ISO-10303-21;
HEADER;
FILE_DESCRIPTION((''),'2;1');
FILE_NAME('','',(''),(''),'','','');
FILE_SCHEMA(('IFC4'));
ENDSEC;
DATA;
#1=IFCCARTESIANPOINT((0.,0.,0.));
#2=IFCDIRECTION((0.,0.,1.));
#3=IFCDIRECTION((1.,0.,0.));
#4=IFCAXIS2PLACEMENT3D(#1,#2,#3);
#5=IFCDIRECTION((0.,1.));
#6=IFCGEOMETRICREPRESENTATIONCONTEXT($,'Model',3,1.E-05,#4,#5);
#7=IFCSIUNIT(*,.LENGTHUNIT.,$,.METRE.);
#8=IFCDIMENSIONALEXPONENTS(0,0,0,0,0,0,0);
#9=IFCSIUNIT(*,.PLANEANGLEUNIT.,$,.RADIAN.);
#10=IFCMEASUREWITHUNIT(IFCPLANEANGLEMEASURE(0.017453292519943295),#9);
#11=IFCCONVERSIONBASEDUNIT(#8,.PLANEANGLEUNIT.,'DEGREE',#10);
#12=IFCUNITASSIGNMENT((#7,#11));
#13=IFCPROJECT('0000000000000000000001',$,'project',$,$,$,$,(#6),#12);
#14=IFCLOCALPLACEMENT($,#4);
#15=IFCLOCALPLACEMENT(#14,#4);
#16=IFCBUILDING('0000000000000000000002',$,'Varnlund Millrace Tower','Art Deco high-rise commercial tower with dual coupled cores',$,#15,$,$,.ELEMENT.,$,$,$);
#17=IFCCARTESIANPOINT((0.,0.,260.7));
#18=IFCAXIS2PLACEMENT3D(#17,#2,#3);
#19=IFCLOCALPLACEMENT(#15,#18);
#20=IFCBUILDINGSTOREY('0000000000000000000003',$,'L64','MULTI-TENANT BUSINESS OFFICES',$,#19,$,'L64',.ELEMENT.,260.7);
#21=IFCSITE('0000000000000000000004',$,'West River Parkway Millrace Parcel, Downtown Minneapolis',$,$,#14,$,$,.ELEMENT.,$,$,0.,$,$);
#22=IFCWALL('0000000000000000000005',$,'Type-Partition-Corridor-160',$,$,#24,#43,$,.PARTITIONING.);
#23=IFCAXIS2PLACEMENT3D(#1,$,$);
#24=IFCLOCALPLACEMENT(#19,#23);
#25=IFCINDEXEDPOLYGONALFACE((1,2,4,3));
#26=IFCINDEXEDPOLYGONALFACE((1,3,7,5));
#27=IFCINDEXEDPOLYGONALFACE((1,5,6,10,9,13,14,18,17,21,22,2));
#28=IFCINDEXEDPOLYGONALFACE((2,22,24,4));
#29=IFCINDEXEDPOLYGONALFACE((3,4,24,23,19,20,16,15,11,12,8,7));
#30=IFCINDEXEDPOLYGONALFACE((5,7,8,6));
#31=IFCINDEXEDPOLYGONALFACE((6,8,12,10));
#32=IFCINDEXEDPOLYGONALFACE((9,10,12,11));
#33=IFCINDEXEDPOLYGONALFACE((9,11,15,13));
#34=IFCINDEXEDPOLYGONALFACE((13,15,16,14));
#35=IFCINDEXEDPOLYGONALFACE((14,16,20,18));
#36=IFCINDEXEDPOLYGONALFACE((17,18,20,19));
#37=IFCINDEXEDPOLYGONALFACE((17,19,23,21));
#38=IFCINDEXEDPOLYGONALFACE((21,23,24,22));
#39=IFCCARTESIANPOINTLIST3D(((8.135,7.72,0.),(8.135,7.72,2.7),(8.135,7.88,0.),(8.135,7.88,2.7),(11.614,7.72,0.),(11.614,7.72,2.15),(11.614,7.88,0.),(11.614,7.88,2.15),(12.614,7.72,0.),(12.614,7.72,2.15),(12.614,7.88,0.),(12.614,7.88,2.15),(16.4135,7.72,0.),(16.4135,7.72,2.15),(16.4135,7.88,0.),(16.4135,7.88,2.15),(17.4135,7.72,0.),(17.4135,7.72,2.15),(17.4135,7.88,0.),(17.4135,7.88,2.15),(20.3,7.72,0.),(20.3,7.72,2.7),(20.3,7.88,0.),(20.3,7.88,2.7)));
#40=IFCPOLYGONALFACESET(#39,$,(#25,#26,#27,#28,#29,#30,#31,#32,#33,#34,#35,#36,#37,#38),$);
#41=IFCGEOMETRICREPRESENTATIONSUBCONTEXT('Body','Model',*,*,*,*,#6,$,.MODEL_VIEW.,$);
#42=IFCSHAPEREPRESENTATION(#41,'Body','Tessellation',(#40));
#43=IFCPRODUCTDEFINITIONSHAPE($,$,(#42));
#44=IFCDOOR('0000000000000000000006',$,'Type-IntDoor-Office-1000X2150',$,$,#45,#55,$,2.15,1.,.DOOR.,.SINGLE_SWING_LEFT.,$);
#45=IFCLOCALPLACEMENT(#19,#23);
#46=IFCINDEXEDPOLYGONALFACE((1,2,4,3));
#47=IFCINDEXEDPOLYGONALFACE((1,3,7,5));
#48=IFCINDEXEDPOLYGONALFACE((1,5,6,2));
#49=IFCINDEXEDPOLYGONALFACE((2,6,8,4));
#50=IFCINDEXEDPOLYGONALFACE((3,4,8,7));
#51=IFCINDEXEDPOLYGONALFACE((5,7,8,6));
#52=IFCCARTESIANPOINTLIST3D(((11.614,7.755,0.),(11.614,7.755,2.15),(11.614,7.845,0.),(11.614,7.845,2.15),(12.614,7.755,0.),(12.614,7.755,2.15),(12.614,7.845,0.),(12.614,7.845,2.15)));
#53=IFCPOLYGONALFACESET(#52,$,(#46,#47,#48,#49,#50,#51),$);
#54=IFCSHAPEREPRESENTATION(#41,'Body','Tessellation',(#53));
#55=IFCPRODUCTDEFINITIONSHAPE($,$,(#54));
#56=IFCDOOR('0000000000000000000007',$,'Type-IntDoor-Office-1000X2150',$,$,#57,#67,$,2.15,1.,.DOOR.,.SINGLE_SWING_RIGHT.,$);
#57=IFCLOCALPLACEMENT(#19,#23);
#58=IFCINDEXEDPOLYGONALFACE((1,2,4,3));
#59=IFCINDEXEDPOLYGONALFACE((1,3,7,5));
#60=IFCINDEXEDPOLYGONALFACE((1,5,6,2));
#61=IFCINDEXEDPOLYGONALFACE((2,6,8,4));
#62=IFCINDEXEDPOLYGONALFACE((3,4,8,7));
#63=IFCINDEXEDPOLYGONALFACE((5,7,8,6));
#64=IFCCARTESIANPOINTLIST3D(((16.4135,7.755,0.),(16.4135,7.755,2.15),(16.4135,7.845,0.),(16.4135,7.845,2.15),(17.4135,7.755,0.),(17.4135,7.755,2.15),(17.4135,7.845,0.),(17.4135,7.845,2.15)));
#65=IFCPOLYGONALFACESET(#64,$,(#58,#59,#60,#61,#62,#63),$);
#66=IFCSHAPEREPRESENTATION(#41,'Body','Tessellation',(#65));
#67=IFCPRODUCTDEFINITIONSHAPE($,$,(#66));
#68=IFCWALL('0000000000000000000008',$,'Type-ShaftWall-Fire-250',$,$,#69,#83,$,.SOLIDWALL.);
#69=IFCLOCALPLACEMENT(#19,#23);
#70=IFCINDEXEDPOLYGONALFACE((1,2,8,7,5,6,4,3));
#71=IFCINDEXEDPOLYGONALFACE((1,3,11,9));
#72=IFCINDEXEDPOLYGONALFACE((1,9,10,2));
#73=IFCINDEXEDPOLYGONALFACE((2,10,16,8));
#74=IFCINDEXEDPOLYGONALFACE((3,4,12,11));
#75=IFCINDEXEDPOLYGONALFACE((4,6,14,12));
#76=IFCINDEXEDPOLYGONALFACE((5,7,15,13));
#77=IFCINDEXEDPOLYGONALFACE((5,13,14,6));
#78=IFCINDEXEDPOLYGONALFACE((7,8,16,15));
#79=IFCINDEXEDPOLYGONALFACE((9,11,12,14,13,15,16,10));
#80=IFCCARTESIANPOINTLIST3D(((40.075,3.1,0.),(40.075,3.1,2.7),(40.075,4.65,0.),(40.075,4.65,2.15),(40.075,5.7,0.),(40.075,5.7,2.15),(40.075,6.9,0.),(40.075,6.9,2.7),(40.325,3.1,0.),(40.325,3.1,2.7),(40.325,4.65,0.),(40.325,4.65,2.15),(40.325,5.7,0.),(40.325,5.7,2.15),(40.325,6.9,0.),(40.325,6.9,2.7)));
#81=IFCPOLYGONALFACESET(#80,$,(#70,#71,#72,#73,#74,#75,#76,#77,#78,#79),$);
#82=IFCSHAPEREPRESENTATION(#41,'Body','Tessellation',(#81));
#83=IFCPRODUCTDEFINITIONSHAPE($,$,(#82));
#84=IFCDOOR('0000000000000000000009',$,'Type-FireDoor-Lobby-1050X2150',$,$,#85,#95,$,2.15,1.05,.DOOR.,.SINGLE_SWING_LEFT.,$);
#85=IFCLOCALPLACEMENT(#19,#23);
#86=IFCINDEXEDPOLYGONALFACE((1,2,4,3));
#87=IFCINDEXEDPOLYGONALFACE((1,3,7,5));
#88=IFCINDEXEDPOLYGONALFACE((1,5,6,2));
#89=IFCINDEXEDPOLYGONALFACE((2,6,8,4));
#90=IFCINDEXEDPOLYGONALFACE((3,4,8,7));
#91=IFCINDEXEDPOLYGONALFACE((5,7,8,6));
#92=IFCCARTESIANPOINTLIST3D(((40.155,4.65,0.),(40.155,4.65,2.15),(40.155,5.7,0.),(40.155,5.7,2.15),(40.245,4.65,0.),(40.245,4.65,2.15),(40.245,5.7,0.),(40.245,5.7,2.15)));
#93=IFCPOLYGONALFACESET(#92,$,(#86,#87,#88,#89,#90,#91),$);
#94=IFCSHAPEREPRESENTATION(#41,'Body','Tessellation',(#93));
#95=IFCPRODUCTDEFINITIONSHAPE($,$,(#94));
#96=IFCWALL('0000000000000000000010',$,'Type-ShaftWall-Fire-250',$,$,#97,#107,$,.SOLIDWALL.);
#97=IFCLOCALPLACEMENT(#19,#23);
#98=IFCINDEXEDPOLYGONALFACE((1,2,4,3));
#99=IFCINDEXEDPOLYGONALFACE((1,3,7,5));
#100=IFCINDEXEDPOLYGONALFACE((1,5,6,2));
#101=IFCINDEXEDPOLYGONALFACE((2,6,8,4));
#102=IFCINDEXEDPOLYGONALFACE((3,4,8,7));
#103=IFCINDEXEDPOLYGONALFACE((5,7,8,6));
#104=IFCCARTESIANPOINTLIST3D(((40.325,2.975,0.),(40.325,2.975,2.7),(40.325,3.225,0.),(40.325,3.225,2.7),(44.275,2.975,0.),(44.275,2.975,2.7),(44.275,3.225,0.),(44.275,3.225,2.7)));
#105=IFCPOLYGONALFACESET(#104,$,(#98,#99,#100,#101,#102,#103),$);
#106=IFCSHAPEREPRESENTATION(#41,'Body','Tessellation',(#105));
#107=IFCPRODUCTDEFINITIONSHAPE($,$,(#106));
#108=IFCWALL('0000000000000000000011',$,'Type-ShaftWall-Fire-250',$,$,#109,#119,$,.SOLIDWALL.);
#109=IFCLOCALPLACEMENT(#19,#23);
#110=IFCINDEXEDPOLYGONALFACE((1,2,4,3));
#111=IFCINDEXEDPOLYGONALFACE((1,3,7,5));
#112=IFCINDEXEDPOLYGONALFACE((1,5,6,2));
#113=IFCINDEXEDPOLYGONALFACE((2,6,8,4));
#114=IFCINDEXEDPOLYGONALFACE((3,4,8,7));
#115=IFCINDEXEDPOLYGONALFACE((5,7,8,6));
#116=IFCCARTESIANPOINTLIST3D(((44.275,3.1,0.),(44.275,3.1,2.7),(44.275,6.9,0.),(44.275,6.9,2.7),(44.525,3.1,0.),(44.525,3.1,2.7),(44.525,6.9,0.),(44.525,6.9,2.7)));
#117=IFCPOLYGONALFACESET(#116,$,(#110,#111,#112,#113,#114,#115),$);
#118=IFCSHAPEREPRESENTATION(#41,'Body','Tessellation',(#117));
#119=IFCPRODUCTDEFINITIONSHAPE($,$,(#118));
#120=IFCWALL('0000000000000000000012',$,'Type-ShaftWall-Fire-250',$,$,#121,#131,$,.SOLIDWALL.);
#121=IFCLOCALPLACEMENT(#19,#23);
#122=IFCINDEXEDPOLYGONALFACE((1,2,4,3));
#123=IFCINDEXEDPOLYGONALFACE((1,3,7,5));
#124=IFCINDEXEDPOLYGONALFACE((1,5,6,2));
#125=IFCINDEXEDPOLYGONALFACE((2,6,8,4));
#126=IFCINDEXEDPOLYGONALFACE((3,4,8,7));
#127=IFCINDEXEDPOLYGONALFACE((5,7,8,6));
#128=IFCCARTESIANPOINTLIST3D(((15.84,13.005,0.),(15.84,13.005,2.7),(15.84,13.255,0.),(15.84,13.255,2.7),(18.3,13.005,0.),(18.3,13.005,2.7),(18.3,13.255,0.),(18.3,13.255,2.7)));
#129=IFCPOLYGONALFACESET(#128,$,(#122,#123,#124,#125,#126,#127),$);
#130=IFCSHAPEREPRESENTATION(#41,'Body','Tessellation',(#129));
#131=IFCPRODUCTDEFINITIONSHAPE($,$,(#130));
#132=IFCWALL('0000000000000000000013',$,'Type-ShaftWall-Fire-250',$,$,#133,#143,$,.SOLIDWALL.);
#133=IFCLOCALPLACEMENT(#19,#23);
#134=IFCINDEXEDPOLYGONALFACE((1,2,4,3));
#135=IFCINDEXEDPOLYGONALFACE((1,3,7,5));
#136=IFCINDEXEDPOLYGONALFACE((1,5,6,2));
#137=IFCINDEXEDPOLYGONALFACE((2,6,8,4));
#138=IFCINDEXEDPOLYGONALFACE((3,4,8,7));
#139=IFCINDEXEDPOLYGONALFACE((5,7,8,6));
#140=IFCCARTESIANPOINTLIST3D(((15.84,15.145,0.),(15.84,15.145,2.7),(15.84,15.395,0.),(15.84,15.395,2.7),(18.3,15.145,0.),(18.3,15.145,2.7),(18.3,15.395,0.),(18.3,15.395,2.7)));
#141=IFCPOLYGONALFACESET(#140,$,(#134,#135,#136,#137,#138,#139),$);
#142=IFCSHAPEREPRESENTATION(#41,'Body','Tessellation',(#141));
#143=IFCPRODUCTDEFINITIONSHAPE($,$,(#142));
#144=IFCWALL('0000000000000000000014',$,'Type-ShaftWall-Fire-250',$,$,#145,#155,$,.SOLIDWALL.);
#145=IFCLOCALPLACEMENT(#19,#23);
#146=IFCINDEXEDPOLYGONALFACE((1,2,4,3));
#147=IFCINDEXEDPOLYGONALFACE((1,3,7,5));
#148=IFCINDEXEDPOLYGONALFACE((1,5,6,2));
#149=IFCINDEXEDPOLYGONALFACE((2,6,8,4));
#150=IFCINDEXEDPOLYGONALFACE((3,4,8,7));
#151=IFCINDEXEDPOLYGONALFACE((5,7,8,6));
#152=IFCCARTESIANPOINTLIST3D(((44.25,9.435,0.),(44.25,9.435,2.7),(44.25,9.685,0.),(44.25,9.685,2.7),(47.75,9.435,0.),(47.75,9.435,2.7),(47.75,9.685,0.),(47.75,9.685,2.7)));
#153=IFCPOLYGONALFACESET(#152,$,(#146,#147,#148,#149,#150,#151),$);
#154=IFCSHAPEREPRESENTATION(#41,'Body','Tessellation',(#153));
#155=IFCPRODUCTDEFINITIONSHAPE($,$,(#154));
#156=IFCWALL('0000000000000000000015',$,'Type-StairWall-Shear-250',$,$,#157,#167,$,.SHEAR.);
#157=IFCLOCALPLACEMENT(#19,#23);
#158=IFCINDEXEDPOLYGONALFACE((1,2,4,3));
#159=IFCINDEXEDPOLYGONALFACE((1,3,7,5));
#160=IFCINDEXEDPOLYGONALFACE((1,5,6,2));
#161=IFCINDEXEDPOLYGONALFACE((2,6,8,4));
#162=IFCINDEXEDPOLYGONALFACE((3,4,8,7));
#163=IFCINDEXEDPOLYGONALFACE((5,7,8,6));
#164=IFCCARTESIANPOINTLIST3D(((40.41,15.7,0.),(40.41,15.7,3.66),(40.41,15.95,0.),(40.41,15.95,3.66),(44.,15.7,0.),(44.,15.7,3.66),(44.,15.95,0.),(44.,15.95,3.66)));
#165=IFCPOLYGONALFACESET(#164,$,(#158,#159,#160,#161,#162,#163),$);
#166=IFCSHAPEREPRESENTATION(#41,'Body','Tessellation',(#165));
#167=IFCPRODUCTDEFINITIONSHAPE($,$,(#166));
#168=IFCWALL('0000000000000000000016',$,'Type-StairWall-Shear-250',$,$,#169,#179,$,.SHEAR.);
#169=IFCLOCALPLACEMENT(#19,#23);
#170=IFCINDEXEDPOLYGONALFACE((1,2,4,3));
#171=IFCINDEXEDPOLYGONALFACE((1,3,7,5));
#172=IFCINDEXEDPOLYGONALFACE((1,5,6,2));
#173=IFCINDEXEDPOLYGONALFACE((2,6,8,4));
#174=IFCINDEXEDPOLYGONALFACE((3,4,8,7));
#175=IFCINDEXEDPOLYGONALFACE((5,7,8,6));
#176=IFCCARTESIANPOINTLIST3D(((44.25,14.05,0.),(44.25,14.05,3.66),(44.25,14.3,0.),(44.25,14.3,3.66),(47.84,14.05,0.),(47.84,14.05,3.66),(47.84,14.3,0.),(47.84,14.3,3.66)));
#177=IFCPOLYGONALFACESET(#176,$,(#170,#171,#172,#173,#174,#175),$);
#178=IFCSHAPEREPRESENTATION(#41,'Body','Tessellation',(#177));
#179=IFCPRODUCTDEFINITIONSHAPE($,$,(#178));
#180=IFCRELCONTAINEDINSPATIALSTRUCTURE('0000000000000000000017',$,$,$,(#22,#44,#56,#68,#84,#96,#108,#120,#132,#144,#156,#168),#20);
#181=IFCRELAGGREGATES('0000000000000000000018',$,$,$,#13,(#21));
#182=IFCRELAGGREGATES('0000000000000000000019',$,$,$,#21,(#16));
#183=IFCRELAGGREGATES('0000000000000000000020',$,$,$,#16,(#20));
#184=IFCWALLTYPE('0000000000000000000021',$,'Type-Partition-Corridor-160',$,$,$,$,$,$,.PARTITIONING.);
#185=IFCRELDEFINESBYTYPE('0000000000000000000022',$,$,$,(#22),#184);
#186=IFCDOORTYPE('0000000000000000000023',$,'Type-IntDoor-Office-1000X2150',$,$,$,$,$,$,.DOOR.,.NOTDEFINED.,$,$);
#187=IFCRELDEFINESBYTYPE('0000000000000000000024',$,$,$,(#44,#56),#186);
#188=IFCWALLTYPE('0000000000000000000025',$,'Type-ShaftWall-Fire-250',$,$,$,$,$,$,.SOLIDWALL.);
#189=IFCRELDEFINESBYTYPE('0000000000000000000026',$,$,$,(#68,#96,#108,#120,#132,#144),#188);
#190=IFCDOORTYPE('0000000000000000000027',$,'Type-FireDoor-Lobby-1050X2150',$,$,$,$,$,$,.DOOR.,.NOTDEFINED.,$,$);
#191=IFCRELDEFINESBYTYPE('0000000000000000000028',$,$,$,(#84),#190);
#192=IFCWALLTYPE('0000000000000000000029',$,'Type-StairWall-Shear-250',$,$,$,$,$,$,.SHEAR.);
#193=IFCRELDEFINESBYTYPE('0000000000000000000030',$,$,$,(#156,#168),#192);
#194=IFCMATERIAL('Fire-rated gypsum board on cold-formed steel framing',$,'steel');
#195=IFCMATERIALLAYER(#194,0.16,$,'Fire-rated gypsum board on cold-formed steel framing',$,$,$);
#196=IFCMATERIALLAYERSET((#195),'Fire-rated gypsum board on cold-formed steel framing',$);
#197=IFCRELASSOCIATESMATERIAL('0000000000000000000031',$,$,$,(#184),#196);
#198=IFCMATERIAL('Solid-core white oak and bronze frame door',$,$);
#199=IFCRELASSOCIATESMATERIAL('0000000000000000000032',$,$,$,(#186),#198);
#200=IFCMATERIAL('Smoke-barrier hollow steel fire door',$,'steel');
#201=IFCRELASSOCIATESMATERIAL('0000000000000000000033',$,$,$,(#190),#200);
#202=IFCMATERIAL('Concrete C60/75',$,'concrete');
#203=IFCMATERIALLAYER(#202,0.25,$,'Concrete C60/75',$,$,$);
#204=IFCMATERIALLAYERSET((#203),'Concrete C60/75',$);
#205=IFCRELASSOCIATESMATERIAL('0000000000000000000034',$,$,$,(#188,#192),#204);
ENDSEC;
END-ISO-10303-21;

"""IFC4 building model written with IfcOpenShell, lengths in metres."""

from ifc_helpers import new_model, entity, si_unit, converted_unit, direction, frame, origin_with_axes, origin_2d_with_axis, place, context, subcontext, project, spatial, polyline, rectangle, outline, extrude, material, layer, layer_set, type_object, element, fill, save


model = new_model("IFC4")

# Units and contexts
model_context = context("Model", 3, precision=1e-05, world=origin_with_axes(), true_north=direction((0.0, 1.0)))
body_context = subcontext(model_context, "Body", "Model", "MODEL_VIEW")
ifc_project = project(units=[si_unit("LENGTHUNIT", "METRE"), converted_unit("PLANEANGLEUNIT", "DEGREE", entity("IfcPlaneAngleMeasure", 0.017453292519943295), si_unit("PLANEANGLEUNIT", "RADIAN"), dimensions=[0, 0, 0, 0, 0, 0, 0])], contexts=[model_context])

# Site, building, storey
site_placement = place(None, origin_with_axes())
site = spatial("IfcSite", under=ifc_project, at=site_placement, Name="West River Parkway Millrace Parcel, Downtown Minneapolis", CompositionType="ELEMENT", RefElevation=0.0)
building_placement = place(site_placement, origin_with_axes())
building = spatial("IfcBuilding", under=site, at=building_placement, Name="Varnlund Millrace Tower", Description="Art Deco high-rise commercial tower with dual coupled cores", CompositionType="ELEMENT")
storey_placement = place(building_placement, frame((0.0, 0.0, 260.7), z_axis=(0.0, 0.0, 1.0), x_axis=(1.0, 0.0, 0.0)))
storey = spatial("IfcBuildingStorey", under=building, at=storey_placement, Name="L64", Description="MULTI-TENANT BUSINESS OFFICES", LongName="L64", CompositionType="ELEMENT", Elevation=260.7)

# Shared definitions
ifc_material_1 = material(Name="Concrete C60/75", Category="concrete")

# Wall, openings, doors
ifc_material_2 = material(Name="Fire-rated gypsum board on cold-formed steel framing", Category="steel")
ifc_layer_1 = layer(ifc_material_2, 0.16, Name="Fire-rated gypsum board on cold-formed steel framing")
ifc_layer_set_1 = layer_set([ifc_layer_1], Name="Fire-rated gypsum board on cold-formed steel framing")
wall_type_1 = type_object("IfcWallType", Name="Type-Partition-Corridor-160", PredefinedType="PARTITIONING", material=ifc_layer_set_1)
wall_1_placement = place(storey_placement, frame((8.135, 7.8, 0.0), z_axis=(0.0, 0.0, 1.0), x_axis=(1.0, 0.0, 0.0)))
wall_1 = element("IfcWall", 1, at=wall_1_placement, inside=storey, type_object=wall_type_1, Name="Type-Partition-Corridor-160", PredefinedType="PARTITIONING", context=body_context, shape_type="SweptSolid", body=[
    extrude(outline(polyline([(0.0, -0.08), (12.165, -0.08), (12.165, 0.08), (0.0, 0.08), (0.0, -0.08)])), origin_with_axes(), (0.0, 0.0, 1.0), 2.7),
])
opening_1_placement = place(wall_1_placement, frame((3.979, 0.0, 0.0), z_axis=(0.0, 0.0, 1.0), x_axis=(1.0, 0.0, 0.0)))
opening_1 = element("IfcOpeningElement", 2, at=opening_1_placement, cuts=wall_1, PredefinedType="OPENING", context=body_context, shape_type="SweptSolid", body=[
    extrude(rectangle(XDim=1.0, YDim=0.18, at=origin_2d_with_axis()), origin_with_axes(), (0.0, 0.0, 1.0), 2.15),
])
opening_2_placement = place(wall_1_placement, frame((8.7785, 0.0, 0.0), z_axis=(0.0, 0.0, 1.0), x_axis=(1.0, 0.0, 0.0)))
opening_2 = element("IfcOpeningElement", 3, at=opening_2_placement, cuts=wall_1, PredefinedType="OPENING", context=body_context, shape_type="SweptSolid", body=[
    extrude(rectangle(XDim=1.0, YDim=0.18, at=origin_2d_with_axis()), origin_with_axes(), (0.0, 0.0, 1.0), 2.15),
])
ifc_material_3 = material(Name="Solid-core white oak and bronze frame door")
door_type_1 = type_object("IfcDoorType", Name="Type-IntDoor-Office-1000X2150", OperationType="NOTDEFINED", PredefinedType="DOOR", material=ifc_material_3)
door_1_placement = place(wall_1_placement, frame((3.979, 0.0, 0.0), z_axis=(0.0, 0.0, 1.0), x_axis=(1.0, 0.0, 0.0)))
door_1 = element("IfcDoor", 4, at=door_1_placement, inside=storey, type_object=door_type_1, Name="Type-IntDoor-Office-1000X2150", OperationType="SINGLE_SWING_LEFT", OverallHeight=2.15, OverallWidth=1.0, PredefinedType="DOOR", context=body_context, shape_type="SweptSolid", body=[
    extrude(rectangle(XDim=1.0, YDim=0.09, at=origin_2d_with_axis()), origin_with_axes(), (0.0, 0.0, 1.0), 2.15),
])
fill(opening_1, door_1)
door_2_placement = place(wall_1_placement, frame((8.7785, 0.0, 0.0), z_axis=(0.0, 0.0, 1.0), x_axis=(1.0, 0.0, 0.0)))
door_2 = element("IfcDoor", 5, at=door_2_placement, inside=storey, type_object=door_type_1, Name="Type-IntDoor-Office-1000X2150", OperationType="SINGLE_SWING_RIGHT", OverallHeight=2.15, OverallWidth=1.0, PredefinedType="DOOR", context=body_context, shape_type="SweptSolid", body=[
    extrude(rectangle(XDim=1.0, YDim=0.09, at=origin_2d_with_axis()), origin_with_axes(), (0.0, 0.0, 1.0), 2.15),
])
fill(opening_2, door_2)
ifc_material_4 = material(Name="Smoke-barrier hollow steel fire door", Category="steel")
door_type_2 = type_object("IfcDoorType", Name="Type-FireDoor-Lobby-1050X2150", OperationType="NOTDEFINED", PredefinedType="DOOR", material=ifc_material_4)

# Wall, opening, door
ifc_layer_2 = layer(ifc_material_1, 0.25, Name="Concrete C60/75")
ifc_layer_set_2 = layer_set([ifc_layer_2], Name="Concrete C60/75")
wall_type_2 = type_object("IfcWallType", Name="Type-ShaftWall-Fire-250", PredefinedType="SOLIDWALL", material=ifc_layer_set_2)
wall_2_placement = place(storey_placement, frame((40.2, 3.1, 0.0), z_axis=(0.0, 0.0, 1.0), x_axis=(0.0, 1.0, 0.0)))
wall_2 = element("IfcWall", 6, at=wall_2_placement, inside=storey, type_object=wall_type_2, Name="Type-ShaftWall-Fire-250", PredefinedType="SOLIDWALL", context=body_context, shape_type="SweptSolid", body=[
    extrude(outline(polyline([(0.0, -0.125), (3.8, -0.125), (3.8, 0.125), (0.0, 0.125), (0.0, -0.125)])), origin_with_axes(), (0.0, 0.0, 1.0), 2.7),
])
opening_3_placement = place(wall_2_placement, frame((2.075, 0.0, 0.0), z_axis=(0.0, 0.0, 1.0), x_axis=(1.0, 0.0, 0.0)))
opening_3 = element("IfcOpeningElement", 7, at=opening_3_placement, cuts=wall_2, PredefinedType="OPENING", context=body_context, shape_type="SweptSolid", body=[
    extrude(rectangle(XDim=1.05, YDim=0.27, at=origin_2d_with_axis()), origin_with_axes(), (0.0, 0.0, 1.0), 2.15),
])
door_3_placement = place(wall_2_placement, frame((2.075, 0.0, 0.0), z_axis=(0.0, 0.0, 1.0), x_axis=(1.0, 0.0, 0.0)))
door_3 = element("IfcDoor", 8, at=door_3_placement, inside=storey, type_object=door_type_2, Name="Type-FireDoor-Lobby-1050X2150", OperationType="SINGLE_SWING_LEFT", OverallHeight=2.15, OverallWidth=1.05, PredefinedType="DOOR", context=body_context, shape_type="SweptSolid", body=[
    extrude(rectangle(XDim=1.05, YDim=0.09, at=origin_2d_with_axis()), origin_with_axes(), (0.0, 0.0, 1.0), 2.15),
])
fill(opening_3, door_3)

# Walls
wall_3_placement = place(storey_placement, frame((40.325, 3.1, 0.0), z_axis=(0.0, 0.0, 1.0), x_axis=(1.0, 0.0, 0.0)))
element("IfcWall", 9, at=wall_3_placement, inside=storey, type_object=wall_type_2, Name="Type-ShaftWall-Fire-250", PredefinedType="SOLIDWALL", context=body_context, shape_type="SweptSolid", body=[
    extrude(outline(polyline([(0.0, -0.125), (3.95, -0.125), (3.95, 0.125), (0.0, 0.125), (0.0, -0.125)])), origin_with_axes(), (0.0, 0.0, 1.0), 2.7),
])
wall_4_placement = place(storey_placement, frame((44.4, 3.1, 0.0), z_axis=(0.0, 0.0, 1.0), x_axis=(0.0, 1.0, 0.0)))
element("IfcWall", 10, at=wall_4_placement, inside=storey, type_object=wall_type_2, Name="Type-ShaftWall-Fire-250", PredefinedType="SOLIDWALL", context=body_context, shape_type="SweptSolid", body=[
    extrude(outline(polyline([(0.0, -0.125), (3.8, -0.125), (3.8, 0.125), (0.0, 0.125), (0.0, -0.125)])), origin_with_axes(), (0.0, 0.0, 1.0), 2.7),
])
for number, where, z_axis, x_axis, name in (
    (11, (15.84, 13.13, 0.0), (0.0, 0.0, 1.0), (1.0, 0.0, 0.0), "Type-ShaftWall-Fire-250"),
    (12, (15.84, 15.27, 0.0), (0.0, 0.0, 1.0), (1.0, 0.0, 0.0), "Type-ShaftWall-Fire-250"),
):
    element("IfcWall", number, at=place(storey_placement, frame(where, z_axis=z_axis, x_axis=x_axis)), inside=storey, type_object=wall_type_2, Name=name, PredefinedType="SOLIDWALL", context=body_context, shape_type="SweptSolid", body=[
        extrude(outline(polyline([(0.0, -0.125), (2.46, -0.125), (2.46, 0.125), (0.0, 0.125), (0.0, -0.125)])), origin_with_axes(), (0.0, 0.0, 1.0), 2.7),
    ])
wall_5_placement = place(storey_placement, frame((44.25, 9.56, 0.0), z_axis=(0.0, 0.0, 1.0), x_axis=(1.0, 0.0, 0.0)))
element("IfcWall", 13, at=wall_5_placement, inside=storey, type_object=wall_type_2, Name="Type-ShaftWall-Fire-250", PredefinedType="SOLIDWALL", context=body_context, shape_type="SweptSolid", body=[
    extrude(outline(polyline([(0.0, -0.125), (3.5, -0.125), (3.5, 0.125), (0.0, 0.125), (0.0, -0.125)])), origin_with_axes(), (0.0, 0.0, 1.0), 2.7),
])
wall_type_3 = type_object("IfcWallType", Name="Type-StairWall-Shear-250", PredefinedType="SHEAR", material=ifc_layer_set_2)
for number, where, z_axis, x_axis, name in (
    (14, (40.41, 15.825, 0.0), (0.0, 0.0, 1.0), (1.0, 0.0, 0.0), "Type-StairWall-Shear-250"),
    (15, (44.25, 14.175, 0.0), (0.0, 0.0, 1.0), (1.0, 0.0, 0.0), "Type-StairWall-Shear-250"),
):
    element("IfcWall", number, at=place(storey_placement, frame(where, z_axis=z_axis, x_axis=x_axis)), inside=storey, type_object=wall_type_3, Name=name, PredefinedType="SHEAR", context=body_context, shape_type="SweptSolid", body=[
        extrude(outline(polyline([(0.0, -0.125), (3.59, -0.125), (3.59, 0.125), (0.0, 0.125), (0.0, -0.125)])), origin_with_axes(), (0.0, 0.0, 1.0), 3.66),
    ])

save(model, "model.ifc")
